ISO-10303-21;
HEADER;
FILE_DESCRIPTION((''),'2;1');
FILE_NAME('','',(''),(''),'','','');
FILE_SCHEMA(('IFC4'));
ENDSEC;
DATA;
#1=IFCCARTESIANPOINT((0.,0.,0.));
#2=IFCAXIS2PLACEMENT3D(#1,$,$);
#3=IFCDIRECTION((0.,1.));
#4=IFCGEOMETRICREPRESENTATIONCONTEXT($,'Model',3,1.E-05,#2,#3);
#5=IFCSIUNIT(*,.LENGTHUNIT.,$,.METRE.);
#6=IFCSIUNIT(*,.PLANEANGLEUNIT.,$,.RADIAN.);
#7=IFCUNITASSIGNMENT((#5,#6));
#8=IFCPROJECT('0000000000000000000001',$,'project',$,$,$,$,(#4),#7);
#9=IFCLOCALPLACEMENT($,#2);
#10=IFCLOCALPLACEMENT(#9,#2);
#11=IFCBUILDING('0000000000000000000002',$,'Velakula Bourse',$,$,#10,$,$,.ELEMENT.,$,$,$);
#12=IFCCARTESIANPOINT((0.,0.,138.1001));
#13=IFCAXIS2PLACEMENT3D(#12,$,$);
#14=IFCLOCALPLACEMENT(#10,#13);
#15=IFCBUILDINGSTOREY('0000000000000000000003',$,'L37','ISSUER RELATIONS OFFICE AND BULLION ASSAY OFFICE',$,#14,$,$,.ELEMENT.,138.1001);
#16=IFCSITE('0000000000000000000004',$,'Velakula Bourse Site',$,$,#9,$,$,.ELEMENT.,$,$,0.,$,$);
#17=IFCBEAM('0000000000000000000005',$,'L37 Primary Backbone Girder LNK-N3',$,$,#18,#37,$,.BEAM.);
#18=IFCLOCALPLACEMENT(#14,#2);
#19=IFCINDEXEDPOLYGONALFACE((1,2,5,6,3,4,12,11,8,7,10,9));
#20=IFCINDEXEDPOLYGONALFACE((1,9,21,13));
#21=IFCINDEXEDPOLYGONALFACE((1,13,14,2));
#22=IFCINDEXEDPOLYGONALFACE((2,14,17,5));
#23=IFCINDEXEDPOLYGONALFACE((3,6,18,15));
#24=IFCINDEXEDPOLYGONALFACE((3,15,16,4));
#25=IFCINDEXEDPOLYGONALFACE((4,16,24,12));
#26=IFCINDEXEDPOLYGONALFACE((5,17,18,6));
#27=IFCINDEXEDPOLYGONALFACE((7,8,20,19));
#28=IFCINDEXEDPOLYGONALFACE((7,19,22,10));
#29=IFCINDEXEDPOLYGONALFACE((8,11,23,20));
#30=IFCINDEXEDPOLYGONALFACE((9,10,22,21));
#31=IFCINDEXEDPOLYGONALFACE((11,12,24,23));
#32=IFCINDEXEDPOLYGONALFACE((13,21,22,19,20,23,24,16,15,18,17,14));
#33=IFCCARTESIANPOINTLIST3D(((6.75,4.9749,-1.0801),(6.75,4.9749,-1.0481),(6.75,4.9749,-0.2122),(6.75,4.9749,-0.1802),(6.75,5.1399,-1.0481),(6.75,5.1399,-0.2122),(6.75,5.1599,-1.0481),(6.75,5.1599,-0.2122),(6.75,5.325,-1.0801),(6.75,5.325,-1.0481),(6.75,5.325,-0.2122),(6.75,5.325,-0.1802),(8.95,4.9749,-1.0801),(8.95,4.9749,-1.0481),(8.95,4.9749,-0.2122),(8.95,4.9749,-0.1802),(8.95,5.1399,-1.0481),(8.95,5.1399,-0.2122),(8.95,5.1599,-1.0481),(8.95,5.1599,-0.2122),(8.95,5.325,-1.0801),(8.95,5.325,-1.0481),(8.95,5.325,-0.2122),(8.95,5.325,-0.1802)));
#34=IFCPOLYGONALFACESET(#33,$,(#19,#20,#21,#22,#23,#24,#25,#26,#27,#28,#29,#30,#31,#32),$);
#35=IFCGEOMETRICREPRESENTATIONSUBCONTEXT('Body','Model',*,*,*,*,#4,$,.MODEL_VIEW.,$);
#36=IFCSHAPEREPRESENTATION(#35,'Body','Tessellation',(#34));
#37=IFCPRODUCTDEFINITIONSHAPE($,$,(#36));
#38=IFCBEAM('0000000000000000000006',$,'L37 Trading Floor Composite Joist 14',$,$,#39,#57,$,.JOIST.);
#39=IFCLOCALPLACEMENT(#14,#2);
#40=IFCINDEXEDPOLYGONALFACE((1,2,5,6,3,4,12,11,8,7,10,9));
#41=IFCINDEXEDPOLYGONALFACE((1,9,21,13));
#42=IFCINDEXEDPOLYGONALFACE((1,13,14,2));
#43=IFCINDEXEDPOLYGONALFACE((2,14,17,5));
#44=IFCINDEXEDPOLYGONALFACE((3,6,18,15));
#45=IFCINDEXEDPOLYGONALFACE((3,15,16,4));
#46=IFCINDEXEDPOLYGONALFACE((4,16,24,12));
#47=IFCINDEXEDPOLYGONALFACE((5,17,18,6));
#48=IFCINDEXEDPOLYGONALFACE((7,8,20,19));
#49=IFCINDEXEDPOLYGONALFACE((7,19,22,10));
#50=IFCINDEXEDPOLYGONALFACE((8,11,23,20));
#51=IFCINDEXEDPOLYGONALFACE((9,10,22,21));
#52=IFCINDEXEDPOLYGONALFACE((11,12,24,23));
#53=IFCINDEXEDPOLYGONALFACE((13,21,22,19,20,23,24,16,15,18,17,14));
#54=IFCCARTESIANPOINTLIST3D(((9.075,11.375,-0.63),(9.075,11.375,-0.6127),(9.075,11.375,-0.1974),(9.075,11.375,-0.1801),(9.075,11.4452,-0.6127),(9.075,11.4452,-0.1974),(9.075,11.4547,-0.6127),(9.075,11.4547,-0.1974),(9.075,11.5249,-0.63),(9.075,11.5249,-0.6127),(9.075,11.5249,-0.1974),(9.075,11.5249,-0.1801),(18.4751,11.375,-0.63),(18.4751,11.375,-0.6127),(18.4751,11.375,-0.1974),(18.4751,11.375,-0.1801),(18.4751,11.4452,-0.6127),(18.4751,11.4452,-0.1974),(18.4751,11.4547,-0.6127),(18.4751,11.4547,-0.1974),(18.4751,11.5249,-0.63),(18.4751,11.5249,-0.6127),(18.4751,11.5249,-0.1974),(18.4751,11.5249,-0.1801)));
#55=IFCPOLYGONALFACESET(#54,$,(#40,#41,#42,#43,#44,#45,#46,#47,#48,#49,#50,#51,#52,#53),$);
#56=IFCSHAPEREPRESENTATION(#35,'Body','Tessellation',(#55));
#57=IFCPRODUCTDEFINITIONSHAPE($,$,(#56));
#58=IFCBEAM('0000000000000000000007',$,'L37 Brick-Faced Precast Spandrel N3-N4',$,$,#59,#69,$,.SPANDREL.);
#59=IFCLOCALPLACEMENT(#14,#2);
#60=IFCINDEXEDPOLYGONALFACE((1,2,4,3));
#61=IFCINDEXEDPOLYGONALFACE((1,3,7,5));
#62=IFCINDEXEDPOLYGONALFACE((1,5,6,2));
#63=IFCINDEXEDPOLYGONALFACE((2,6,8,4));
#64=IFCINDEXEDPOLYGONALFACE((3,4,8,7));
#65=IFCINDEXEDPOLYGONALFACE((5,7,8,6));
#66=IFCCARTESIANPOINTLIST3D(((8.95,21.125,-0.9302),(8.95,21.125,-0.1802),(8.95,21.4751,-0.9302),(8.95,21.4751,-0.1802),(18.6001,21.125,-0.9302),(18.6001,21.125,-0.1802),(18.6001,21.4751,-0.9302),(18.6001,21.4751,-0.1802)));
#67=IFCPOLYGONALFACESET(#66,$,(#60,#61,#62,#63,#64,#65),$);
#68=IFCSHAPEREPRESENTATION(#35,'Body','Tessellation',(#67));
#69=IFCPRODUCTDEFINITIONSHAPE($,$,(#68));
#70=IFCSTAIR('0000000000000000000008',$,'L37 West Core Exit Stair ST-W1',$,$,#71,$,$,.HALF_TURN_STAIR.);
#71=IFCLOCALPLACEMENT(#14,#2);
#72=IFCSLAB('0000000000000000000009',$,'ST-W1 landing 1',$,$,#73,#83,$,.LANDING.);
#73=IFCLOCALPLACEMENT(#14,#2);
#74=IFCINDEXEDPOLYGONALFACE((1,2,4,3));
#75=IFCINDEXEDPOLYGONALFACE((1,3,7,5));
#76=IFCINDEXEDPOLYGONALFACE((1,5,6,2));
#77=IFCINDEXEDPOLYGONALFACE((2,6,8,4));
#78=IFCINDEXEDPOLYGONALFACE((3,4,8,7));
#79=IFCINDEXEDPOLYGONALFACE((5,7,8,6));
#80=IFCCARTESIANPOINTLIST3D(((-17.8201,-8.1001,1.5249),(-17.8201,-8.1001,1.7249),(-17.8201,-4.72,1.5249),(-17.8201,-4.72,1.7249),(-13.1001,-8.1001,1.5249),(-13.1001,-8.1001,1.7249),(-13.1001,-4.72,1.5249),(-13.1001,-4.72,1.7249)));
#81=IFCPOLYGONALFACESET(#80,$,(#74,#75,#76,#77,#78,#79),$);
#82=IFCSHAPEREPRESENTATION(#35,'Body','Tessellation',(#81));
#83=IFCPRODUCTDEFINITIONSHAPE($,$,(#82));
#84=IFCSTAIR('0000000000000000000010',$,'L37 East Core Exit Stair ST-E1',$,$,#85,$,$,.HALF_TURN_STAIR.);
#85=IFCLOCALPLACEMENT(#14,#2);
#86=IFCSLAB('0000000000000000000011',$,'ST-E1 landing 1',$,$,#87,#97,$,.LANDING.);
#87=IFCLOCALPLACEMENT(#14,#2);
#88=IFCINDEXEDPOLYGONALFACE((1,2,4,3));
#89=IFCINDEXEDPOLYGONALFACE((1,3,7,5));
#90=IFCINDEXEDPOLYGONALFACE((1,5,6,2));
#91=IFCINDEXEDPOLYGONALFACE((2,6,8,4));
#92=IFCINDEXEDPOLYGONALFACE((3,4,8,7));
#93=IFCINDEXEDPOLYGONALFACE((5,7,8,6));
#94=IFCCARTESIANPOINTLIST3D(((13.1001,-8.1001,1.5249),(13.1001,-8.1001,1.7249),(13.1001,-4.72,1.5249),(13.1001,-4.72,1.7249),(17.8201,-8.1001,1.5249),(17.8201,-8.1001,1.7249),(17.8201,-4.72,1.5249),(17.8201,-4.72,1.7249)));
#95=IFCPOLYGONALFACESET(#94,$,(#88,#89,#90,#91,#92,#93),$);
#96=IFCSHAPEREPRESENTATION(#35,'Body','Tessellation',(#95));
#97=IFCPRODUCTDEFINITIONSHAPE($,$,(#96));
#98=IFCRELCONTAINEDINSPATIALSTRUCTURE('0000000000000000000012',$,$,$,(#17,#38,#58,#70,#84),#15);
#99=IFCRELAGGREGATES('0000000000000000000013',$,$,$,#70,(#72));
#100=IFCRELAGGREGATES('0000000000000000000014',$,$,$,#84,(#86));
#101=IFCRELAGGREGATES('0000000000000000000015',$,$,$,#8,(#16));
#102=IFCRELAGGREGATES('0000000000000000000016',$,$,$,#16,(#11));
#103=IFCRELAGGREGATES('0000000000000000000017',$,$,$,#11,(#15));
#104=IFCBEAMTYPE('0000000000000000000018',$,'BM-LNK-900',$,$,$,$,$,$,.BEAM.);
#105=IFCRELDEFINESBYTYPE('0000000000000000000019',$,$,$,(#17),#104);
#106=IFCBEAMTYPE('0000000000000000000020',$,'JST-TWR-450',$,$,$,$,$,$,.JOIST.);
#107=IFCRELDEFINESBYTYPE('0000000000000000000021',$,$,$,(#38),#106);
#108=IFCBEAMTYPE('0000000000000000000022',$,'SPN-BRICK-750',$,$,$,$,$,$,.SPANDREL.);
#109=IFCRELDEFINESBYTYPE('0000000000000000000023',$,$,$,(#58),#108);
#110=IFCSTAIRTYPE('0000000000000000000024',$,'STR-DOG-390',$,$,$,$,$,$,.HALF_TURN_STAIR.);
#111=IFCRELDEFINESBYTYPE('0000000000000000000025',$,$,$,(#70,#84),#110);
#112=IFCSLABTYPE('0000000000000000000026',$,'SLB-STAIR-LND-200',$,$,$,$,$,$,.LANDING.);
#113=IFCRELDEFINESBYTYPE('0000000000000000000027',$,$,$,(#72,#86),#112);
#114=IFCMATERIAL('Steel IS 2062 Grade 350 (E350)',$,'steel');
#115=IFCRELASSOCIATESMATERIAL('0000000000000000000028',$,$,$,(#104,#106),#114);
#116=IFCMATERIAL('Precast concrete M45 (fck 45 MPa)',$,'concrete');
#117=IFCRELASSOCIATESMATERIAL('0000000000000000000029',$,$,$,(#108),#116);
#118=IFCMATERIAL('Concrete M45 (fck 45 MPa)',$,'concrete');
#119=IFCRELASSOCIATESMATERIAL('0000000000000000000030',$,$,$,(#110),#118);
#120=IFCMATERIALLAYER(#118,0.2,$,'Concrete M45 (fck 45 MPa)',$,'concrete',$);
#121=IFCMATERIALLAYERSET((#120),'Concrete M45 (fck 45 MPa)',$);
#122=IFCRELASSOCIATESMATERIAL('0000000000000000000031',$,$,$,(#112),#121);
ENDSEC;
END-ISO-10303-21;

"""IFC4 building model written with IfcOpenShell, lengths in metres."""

from ifc_helpers import new_model, si_unit, direction, frame, origin, origin_2d, place, context, subcontext, project, spatial, polyline, rectangle, i_section, outline, extrude, material, layer, layer_set, material_profile, profile_set, type_object, element, aggregate, save


model = new_model("IFC4")

# Units and contexts
model_context = context("Model", 3, precision=1e-05, world=origin(), true_north=direction((0.0, 1.0)))
body_context = subcontext(model_context, "Body", "Model", "MODEL_VIEW")
ifc_project = project(units=[si_unit("LENGTHUNIT", "METRE"), si_unit("PLANEANGLEUNIT", "RADIAN")], contexts=[model_context])

# Site, building, storey
site_placement = place(None, origin())
site = spatial("IfcSite", under=ifc_project, at=site_placement, Name="Velakula Bourse Site", CompositionType="ELEMENT", RefElevation=0.0)
building_placement = place(site_placement, origin())
building = spatial("IfcBuilding", under=site, at=building_placement, Name="Velakula Bourse", CompositionType="ELEMENT")
storey_placement = place(building_placement, frame((0.0, 0.0, 138.1001)))
storey = spatial("IfcBuildingStorey", under=building, at=storey_placement, Name="L37", Description="ISSUER RELATIONS OFFICE AND BULLION ASSAY OFFICE", CompositionType="ELEMENT", Elevation=138.1001)

# Shared definitions
ifc_material_1 = material(Name="Steel IS 2062 Grade 350 (E350)", Category="steel")

# Beams
ifc_material_profile_1 = material_profile(ifc_material_1, i_section(OverallWidth=0.3501, OverallDepth=0.8999, WebThickness=0.02, FlangeThickness=0.032, at=origin_2d()), Name="Steel IS 2062 Grade 350 (E350)")
ifc_profile_set_1 = profile_set([ifc_material_profile_1], Name="Steel IS 2062 Grade 350 (E350)")
beam_type_1 = type_object("IfcBeamType", Name="BM-LNK-900", PredefinedType="BEAM", material=ifc_profile_set_1)
beam_1_placement = place(storey_placement, frame((6.75, 5.1499, -0.6301), z_axis=(1.0, 0.0, 0.0), x_axis=(0.0, 1.0, 0.0)))
element("IfcBeam", 1, at=beam_1_placement, inside=storey, type_object=beam_type_1, Name="L37 Primary Backbone Girder LNK-N3", PredefinedType="BEAM", context=body_context, shape_type="SweptSolid", body=[
    extrude(i_section(OverallWidth=0.3501, OverallDepth=0.8999, WebThickness=0.02, FlangeThickness=0.032, at=origin_2d()), origin(), (0.0, 0.0, 1.0), 2.2),
])
ifc_material_profile_2 = material_profile(ifc_material_1, i_section(OverallWidth=0.1499, OverallDepth=0.45, WebThickness=0.0095, FlangeThickness=0.0173, at=origin_2d()), Name="Steel IS 2062 Grade 350 (E350)")
ifc_profile_set_2 = profile_set([ifc_material_profile_2], Name="Steel IS 2062 Grade 350 (E350)")
beam_type_2 = type_object("IfcBeamType", Name="JST-TWR-450", PredefinedType="JOIST", material=ifc_profile_set_2)
beam_2_placement = place(storey_placement, frame((9.075, 11.45, -0.405), z_axis=(1.0, 0.0, 0.0), x_axis=(0.0, 1.0, 0.0)))
element("IfcBeam", 2, at=beam_2_placement, inside=storey, type_object=beam_type_2, Name="L37 Trading Floor Composite Joist 14", PredefinedType="JOIST", context=body_context, shape_type="SweptSolid", body=[
    extrude(i_section(OverallWidth=0.1499, OverallDepth=0.45, WebThickness=0.0095, FlangeThickness=0.0173, at=origin_2d()), origin(), (0.0, 0.0, 1.0), 9.4001),
])
ifc_material_2 = material(Name="Precast concrete M45 (fck 45 MPa)", Category="concrete")
ifc_material_profile_3 = material_profile(ifc_material_2, rectangle(XDim=0.3501, YDim=0.75, at=origin_2d()), Name="Precast concrete M45 (fck 45 MPa)")
ifc_profile_set_3 = profile_set([ifc_material_profile_3], Name="Precast concrete M45 (fck 45 MPa)")
beam_type_3 = type_object("IfcBeamType", Name="SPN-BRICK-750", PredefinedType="SPANDREL", material=ifc_profile_set_3)
beam_3_placement = place(storey_placement, frame((8.95, 21.3, -0.5552), z_axis=(1.0, 0.0, 0.0), x_axis=(0.0, 1.0, 0.0)))
element("IfcBeam", 3, at=beam_3_placement, inside=storey, type_object=beam_type_3, Name="L37 Brick-Faced Precast Spandrel N3-N4", PredefinedType="SPANDREL", context=body_context, shape_type="SweptSolid", body=[
    extrude(rectangle(XDim=0.3501, YDim=0.75, at=origin_2d()), origin(), (0.0, 0.0, 1.0), 9.6501),
])

# Stairs, slabs
ifc_material_3 = material(Name="Concrete M45 (fck 45 MPa)", Category="concrete")
stair_type = type_object("IfcStairType", Name="STR-DOG-390", PredefinedType="HALF_TURN_STAIR", material=ifc_material_3)
stair_1_placement = place(storey_placement, origin())
stair_1 = element("IfcStair", 4, at=stair_1_placement, inside=storey, type_object=stair_type, Name="L37 West Core Exit Stair ST-W1", PredefinedType="HALF_TURN_STAIR")
ifc_layer_1 = layer(ifc_material_3, 0.2, Name="Concrete M45 (fck 45 MPa)", Category="concrete")
ifc_layer_set_1 = layer_set([ifc_layer_1], Name="Concrete M45 (fck 45 MPa)")
slab_type_1 = type_object("IfcSlabType", Name="SLB-STAIR-LND-200", PredefinedType="LANDING", material=ifc_layer_set_1)
slab_1_placement = place(storey_placement, frame((0.0, 0.0, 1.5249)))
slab_1 = element("IfcSlab", 5, at=slab_1_placement, type_object=slab_type_1, Name="ST-W1 landing 1", PredefinedType="LANDING", context=body_context, shape_type="SweptSolid", body=[
    extrude(outline(polyline([(-17.8201, -4.72), (-17.8201, -8.1001), (-13.1001, -8.1001), (-13.1001, -4.72), (-17.8201, -4.72)])), origin(), (0.0, 0.0, 1.0), 0.2),
])
aggregate(stair_1, [slab_1])
stair_2_placement = place(storey_placement, origin())
stair_2 = element("IfcStair", 6, at=stair_2_placement, inside=storey, type_object=stair_type, Name="L37 East Core Exit Stair ST-E1", PredefinedType="HALF_TURN_STAIR")
slab_2_placement = place(storey_placement, frame((0.0, 0.0, 1.5249)))
slab_2 = element("IfcSlab", 7, at=slab_2_placement, type_object=slab_type_1, Name="ST-E1 landing 1", PredefinedType="LANDING", context=body_context, shape_type="SweptSolid", body=[
    extrude(outline(polyline([(13.1001, -4.72), (13.1001, -8.1001), (17.8201, -8.1001), (17.8201, -4.72), (13.1001, -4.72)])), origin(), (0.0, 0.0, 1.0), 0.2),
])
aggregate(stair_2, [slab_2])

save(model, "model.ifc")
